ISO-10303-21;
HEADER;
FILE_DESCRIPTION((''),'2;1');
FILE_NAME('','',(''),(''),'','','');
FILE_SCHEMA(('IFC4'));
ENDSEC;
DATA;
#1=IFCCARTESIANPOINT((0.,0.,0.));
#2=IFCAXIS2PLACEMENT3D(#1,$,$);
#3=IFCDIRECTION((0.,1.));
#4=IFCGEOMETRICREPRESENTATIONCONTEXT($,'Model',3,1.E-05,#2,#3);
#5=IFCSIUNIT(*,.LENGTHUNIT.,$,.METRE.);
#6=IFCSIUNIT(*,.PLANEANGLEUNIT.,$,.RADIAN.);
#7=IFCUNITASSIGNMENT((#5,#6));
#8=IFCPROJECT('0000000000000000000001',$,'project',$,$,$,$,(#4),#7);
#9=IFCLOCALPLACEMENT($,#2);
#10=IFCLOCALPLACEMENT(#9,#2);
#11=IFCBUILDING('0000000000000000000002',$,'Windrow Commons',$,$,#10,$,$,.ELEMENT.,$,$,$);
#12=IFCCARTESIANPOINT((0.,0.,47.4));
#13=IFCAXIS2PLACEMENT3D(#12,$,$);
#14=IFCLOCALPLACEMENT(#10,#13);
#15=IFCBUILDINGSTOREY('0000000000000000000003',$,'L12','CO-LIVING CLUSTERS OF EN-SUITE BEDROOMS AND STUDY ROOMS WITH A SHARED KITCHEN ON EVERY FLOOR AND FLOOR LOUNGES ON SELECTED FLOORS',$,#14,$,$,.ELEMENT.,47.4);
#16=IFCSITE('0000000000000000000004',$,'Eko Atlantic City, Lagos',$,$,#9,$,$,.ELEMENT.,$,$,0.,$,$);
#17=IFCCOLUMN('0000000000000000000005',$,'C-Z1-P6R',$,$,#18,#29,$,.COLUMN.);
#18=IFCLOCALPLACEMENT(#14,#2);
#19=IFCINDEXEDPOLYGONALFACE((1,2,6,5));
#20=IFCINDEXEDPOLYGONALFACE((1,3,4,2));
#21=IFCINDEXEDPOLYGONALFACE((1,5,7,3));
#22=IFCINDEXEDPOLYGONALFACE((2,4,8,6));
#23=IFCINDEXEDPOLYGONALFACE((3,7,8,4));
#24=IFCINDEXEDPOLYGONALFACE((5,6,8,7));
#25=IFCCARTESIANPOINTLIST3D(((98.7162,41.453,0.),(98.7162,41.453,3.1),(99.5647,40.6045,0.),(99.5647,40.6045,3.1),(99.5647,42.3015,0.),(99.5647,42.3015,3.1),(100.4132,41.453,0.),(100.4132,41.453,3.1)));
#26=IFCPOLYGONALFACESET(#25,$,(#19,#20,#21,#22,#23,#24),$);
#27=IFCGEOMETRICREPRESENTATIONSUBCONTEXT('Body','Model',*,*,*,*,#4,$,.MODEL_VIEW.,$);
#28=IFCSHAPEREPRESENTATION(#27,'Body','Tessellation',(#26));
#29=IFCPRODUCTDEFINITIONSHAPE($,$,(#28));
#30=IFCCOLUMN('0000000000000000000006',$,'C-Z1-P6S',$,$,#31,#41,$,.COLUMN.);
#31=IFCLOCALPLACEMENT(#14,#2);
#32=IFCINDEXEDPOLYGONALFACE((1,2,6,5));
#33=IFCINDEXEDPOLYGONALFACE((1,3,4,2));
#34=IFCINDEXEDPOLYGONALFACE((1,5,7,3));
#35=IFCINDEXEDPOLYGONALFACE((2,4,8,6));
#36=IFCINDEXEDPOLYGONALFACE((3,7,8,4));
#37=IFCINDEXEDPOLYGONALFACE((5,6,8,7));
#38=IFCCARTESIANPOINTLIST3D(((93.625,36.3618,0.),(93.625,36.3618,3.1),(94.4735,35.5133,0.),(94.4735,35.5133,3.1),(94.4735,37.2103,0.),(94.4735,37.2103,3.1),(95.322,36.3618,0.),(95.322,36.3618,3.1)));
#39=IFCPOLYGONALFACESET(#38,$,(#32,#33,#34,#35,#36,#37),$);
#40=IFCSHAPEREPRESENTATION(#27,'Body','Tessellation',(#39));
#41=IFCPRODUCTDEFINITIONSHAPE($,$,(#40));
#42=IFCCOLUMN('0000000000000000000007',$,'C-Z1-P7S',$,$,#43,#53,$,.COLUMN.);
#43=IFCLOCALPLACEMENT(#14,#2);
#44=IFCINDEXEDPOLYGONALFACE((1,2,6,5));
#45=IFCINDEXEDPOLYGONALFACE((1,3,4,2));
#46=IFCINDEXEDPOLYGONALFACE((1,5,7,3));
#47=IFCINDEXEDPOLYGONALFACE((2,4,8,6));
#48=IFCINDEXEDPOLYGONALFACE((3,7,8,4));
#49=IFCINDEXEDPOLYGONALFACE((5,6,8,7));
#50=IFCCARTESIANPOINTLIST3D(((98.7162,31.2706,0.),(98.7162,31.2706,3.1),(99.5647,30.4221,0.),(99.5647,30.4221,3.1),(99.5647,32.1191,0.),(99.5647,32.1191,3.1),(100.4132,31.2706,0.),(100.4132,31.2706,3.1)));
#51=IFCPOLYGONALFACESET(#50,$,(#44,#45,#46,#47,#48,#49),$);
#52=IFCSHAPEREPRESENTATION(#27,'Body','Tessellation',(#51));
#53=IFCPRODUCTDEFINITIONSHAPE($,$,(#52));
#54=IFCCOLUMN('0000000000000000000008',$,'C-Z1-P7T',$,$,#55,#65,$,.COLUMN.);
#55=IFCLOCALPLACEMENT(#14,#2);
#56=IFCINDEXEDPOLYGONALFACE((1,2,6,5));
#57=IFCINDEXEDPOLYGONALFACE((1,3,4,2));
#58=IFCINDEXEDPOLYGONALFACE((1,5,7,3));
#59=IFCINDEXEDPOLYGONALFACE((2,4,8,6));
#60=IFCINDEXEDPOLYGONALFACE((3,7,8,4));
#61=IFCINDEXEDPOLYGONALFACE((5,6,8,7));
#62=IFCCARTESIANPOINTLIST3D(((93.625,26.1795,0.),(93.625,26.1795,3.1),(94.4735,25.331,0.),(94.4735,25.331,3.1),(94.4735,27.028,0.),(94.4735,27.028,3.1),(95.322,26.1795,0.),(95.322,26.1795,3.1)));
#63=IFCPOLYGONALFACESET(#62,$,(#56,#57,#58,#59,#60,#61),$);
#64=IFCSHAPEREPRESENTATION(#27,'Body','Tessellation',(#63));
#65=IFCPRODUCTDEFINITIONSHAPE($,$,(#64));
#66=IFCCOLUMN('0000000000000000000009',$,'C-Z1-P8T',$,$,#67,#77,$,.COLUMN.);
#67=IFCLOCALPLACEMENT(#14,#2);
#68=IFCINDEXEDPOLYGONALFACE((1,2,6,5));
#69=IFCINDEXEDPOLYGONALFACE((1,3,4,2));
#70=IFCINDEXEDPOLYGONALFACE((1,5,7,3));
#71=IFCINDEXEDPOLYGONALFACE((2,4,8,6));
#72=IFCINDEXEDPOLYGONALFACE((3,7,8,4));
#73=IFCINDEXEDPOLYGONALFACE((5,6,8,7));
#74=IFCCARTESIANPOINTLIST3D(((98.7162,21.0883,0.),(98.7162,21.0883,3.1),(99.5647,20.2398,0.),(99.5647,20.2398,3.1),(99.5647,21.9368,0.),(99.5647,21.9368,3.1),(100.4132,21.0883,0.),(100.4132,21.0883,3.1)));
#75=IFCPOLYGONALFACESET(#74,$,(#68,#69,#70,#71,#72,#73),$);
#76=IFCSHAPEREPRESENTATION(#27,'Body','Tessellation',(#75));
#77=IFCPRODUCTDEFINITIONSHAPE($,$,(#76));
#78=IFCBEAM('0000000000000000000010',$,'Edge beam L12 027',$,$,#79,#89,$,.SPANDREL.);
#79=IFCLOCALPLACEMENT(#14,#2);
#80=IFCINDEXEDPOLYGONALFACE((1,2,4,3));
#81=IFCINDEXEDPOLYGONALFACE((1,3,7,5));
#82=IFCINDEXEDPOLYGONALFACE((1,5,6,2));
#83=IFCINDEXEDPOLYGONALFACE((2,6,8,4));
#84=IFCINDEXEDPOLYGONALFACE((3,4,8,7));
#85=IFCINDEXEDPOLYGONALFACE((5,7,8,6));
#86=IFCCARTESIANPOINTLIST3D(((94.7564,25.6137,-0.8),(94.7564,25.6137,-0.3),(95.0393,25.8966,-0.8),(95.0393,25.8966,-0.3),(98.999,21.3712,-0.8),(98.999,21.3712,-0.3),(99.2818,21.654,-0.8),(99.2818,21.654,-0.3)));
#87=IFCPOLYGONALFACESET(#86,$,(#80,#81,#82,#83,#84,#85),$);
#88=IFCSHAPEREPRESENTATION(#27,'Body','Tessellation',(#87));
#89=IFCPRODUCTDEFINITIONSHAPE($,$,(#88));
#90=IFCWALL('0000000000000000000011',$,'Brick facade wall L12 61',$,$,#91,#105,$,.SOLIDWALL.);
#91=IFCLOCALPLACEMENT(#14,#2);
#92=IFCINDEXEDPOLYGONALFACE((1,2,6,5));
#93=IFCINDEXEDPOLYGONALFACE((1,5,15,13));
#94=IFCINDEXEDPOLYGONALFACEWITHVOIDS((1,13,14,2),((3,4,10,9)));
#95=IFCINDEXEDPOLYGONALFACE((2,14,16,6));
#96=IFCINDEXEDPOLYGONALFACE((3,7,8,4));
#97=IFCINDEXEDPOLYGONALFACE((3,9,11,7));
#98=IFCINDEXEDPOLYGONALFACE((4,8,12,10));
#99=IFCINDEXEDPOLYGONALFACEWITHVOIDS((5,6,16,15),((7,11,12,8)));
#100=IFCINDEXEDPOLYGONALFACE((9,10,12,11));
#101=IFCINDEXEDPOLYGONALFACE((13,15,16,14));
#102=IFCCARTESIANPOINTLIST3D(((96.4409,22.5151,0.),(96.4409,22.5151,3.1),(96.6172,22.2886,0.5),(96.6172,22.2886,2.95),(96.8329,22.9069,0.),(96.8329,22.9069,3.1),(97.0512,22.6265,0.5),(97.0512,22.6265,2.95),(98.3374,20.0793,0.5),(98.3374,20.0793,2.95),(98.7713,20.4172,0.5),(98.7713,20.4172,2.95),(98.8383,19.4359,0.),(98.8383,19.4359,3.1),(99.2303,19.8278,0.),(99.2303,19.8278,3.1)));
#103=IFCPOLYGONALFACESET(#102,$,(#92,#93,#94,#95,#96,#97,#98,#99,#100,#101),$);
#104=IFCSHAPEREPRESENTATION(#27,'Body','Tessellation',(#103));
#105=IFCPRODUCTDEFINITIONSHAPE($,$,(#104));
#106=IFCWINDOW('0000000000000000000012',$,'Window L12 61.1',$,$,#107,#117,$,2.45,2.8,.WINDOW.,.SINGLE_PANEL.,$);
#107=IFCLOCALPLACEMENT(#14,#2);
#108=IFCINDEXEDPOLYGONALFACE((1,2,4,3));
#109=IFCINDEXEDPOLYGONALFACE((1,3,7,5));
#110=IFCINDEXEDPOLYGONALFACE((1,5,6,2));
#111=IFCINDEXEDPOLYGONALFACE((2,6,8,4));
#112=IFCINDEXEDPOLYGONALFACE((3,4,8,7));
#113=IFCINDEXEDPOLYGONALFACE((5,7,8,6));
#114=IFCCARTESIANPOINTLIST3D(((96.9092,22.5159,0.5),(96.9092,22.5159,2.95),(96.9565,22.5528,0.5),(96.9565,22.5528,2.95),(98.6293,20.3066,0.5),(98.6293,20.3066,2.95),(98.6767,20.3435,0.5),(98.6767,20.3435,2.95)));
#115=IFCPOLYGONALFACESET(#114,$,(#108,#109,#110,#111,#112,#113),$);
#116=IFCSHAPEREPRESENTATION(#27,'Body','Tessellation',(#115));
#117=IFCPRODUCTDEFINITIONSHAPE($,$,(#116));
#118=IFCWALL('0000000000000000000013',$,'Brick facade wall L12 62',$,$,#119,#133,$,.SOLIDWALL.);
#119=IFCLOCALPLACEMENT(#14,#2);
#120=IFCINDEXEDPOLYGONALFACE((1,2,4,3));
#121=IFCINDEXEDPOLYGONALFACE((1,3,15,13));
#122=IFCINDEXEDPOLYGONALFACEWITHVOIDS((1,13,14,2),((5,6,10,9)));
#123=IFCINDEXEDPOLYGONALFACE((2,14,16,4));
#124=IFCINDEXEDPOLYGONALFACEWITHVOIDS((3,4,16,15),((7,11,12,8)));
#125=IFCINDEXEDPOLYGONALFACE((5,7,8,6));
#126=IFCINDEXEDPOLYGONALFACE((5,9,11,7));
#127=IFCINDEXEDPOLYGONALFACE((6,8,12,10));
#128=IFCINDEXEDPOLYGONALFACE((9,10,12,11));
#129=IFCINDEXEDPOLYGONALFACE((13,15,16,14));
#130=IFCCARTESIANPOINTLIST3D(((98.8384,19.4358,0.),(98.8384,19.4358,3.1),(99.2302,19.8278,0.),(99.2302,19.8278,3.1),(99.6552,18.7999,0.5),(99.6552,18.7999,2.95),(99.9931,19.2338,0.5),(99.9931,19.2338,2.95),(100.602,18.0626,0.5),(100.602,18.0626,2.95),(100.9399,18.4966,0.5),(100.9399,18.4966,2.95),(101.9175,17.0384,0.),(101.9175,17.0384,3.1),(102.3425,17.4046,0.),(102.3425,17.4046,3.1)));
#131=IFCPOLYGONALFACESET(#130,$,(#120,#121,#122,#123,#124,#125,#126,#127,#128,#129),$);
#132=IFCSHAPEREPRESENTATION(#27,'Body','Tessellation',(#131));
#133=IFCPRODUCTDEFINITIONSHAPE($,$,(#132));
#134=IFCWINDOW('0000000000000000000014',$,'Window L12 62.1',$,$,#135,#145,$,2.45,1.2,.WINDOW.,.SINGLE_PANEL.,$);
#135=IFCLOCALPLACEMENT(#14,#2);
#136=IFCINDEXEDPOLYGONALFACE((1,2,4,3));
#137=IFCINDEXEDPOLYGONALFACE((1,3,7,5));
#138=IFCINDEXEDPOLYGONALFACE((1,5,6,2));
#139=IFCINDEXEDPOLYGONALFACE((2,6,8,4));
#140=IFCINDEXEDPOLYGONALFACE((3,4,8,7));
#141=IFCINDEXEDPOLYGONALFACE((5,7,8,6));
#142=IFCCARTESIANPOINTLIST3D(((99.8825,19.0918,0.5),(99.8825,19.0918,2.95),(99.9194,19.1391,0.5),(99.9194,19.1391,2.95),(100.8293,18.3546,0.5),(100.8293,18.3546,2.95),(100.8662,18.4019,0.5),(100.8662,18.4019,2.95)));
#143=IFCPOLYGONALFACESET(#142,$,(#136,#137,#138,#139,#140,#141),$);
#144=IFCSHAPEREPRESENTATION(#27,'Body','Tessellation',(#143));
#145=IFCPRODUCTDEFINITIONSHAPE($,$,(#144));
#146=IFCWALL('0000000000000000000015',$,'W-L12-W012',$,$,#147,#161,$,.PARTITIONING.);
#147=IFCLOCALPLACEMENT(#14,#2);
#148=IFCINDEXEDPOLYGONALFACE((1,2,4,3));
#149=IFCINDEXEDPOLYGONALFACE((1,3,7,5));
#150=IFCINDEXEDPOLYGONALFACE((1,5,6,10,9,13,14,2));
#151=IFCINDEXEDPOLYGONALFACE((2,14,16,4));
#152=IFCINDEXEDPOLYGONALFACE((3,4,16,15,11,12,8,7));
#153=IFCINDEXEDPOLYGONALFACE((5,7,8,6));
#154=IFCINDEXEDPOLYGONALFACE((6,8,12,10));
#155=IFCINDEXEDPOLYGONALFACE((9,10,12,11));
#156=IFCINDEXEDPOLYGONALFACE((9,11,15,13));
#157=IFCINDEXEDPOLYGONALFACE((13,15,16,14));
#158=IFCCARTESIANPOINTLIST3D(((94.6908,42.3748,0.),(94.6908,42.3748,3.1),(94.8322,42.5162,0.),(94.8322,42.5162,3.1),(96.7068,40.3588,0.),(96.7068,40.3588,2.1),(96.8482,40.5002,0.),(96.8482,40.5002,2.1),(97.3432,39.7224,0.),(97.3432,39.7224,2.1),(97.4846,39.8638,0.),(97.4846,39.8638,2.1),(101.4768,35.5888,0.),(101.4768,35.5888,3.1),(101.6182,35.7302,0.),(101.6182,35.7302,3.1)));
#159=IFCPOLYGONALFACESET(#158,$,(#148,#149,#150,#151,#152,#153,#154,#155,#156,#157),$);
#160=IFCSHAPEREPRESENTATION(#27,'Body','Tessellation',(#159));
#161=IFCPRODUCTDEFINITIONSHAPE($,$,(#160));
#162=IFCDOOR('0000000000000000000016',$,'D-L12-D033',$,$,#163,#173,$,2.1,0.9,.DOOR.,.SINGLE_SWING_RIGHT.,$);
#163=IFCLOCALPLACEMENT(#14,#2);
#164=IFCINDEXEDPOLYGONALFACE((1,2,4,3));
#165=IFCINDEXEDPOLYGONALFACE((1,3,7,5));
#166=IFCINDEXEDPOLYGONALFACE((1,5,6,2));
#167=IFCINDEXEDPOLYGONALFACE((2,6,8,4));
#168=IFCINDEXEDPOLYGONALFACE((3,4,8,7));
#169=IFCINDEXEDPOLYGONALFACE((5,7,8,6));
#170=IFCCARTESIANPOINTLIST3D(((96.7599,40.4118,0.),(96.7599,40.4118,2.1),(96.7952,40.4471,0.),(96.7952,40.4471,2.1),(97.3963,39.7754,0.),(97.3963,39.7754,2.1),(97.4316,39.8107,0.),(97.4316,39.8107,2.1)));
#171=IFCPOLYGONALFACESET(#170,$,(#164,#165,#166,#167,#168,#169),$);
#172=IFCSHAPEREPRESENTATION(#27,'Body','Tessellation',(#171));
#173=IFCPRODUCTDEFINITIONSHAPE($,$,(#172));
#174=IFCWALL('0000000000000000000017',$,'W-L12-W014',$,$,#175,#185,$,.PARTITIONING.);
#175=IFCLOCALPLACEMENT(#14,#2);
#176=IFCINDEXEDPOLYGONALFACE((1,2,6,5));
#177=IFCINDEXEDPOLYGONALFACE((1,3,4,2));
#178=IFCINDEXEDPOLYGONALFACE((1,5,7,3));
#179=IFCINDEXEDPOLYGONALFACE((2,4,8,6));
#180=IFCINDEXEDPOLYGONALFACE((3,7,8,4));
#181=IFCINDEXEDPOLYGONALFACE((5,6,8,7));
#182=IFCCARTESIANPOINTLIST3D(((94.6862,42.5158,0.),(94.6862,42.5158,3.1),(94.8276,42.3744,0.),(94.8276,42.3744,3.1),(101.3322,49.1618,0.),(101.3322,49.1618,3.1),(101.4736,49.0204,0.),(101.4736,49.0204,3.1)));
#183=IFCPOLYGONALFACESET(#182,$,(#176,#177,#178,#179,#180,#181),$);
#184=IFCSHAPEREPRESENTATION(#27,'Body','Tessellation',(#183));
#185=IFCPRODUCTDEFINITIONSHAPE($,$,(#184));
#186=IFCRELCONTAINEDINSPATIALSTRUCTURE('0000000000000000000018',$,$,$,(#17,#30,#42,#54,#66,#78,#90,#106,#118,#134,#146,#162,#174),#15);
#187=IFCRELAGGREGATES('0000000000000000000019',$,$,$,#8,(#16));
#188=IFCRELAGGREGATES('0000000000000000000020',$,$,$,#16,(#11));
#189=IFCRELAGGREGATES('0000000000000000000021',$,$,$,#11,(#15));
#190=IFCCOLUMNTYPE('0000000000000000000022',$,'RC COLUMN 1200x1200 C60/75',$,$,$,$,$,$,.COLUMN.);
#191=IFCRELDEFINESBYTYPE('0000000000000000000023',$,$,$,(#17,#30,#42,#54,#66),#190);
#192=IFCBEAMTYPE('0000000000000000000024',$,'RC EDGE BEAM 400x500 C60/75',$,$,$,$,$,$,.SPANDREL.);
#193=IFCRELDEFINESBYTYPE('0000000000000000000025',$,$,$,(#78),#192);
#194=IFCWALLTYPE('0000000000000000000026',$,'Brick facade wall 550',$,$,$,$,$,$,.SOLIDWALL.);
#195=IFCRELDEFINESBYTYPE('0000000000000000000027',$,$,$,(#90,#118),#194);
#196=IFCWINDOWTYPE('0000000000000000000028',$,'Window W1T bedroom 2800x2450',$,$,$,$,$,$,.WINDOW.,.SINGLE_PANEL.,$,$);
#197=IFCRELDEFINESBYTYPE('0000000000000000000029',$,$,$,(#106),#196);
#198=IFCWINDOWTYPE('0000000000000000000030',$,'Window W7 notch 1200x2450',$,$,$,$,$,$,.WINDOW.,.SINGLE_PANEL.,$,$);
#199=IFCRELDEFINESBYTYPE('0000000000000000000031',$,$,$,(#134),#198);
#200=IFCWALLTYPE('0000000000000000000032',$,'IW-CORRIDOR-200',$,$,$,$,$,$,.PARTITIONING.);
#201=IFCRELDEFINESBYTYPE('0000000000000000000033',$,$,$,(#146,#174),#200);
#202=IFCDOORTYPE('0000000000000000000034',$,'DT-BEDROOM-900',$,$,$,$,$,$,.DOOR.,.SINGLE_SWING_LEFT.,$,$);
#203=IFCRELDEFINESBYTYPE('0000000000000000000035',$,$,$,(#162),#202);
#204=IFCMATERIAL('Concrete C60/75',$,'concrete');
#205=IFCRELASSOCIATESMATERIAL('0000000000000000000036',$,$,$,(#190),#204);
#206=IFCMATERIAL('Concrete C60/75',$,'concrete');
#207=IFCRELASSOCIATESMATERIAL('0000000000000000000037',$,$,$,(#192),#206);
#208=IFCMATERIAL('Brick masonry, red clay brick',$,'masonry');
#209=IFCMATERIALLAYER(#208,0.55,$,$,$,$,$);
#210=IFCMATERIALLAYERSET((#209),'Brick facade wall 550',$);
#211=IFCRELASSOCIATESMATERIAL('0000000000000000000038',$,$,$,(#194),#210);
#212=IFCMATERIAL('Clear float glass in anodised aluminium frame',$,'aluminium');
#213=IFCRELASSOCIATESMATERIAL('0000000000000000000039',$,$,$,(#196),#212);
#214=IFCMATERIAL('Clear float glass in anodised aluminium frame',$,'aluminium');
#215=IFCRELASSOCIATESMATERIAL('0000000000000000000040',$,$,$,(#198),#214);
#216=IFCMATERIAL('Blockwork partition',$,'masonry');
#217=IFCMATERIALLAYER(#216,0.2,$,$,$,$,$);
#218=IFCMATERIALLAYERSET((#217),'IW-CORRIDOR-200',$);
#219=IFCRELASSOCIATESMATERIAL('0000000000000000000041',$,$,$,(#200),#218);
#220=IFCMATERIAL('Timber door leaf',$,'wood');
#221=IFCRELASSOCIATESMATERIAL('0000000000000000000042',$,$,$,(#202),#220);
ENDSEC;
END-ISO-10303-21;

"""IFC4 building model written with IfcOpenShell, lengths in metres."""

from ifc_helpers import new_model, si_unit, direction, frame, frame_2d, origin, origin_2d, place, context, subcontext, project, spatial, polyline, rectangle, outline, extrude, material, layer, layer_set, material_profile, profile_set, type_object, element, fill, save


model = new_model("IFC4")

# Units and contexts
model_context = context("Model", 3, precision=1e-05, world=origin(), true_north=direction((0.0, 1.0)))
body_context = subcontext(model_context, "Body", "Model", "MODEL_VIEW")
ifc_project = project(units=[si_unit("LENGTHUNIT", "METRE"), si_unit("PLANEANGLEUNIT", "RADIAN")], contexts=[model_context])

# Site, building, storey
site_placement = place(None, origin())
site = spatial("IfcSite", under=ifc_project, at=site_placement, Name="Eko Atlantic City, Lagos", CompositionType="ELEMENT", RefElevation=0.0)
building_placement = place(site_placement, origin())
building = spatial("IfcBuilding", under=site, at=building_placement, Name="Windrow Commons", CompositionType="ELEMENT")
storey_placement = place(building_placement, frame((0.0, 0.0, 47.4)))
storey = spatial("IfcBuildingStorey", under=building, at=storey_placement, Name="L12", Description="CO-LIVING CLUSTERS OF EN-SUITE BEDROOMS AND STUDY ROOMS WITH A SHARED KITCHEN ON EVERY FLOOR AND FLOOR LOUNGES ON SELECTED FLOORS", CompositionType="ELEMENT", Elevation=47.4)

# Columns
ifc_material_1 = material(Name="Concrete C60/75", Category="concrete")
ifc_material_profile_1 = material_profile(ifc_material_1, rectangle(XDim=1.2, YDim=1.2, at=origin_2d()))
ifc_profile_set_1 = profile_set([ifc_material_profile_1], Name="Concrete C60/75")
column_type = type_object("IfcColumnType", Name="RC COLUMN 1200x1200 C60/75", PredefinedType="COLUMN", material=ifc_profile_set_1)
for number, where, z_axis, x_axis, name in (
    (1, (99.5647, 41.453, 0.0), (0.0, 0.0, 1.0), (0.707107, -0.707107, 0.0), "C-Z1-P6R"),
    (2, (94.4735, 36.3618, 0.0), (0.0, 0.0, 1.0), (0.707107, -0.707107, 0.0), "C-Z1-P6S"),
    (3, (99.5647, 31.2706, 0.0), (0.0, 0.0, 1.0), (0.707107, -0.707107, 0.0), "C-Z1-P7S"),
    (4, (94.4735, 26.1795, 0.0), (0.0, 0.0, 1.0), (0.707107, -0.707107, 0.0), "C-Z1-P7T"),
    (5, (99.5647, 21.0883, 0.0), (0.0, 0.0, 1.0), (0.707107, -0.707107, 0.0), "C-Z1-P8T"),
):
    element("IfcColumn", number, at=place(storey_placement, frame(where, z_axis=z_axis, x_axis=x_axis)), inside=storey, type_object=column_type, Name=name, PredefinedType="COLUMN", context=body_context, shape_type="SweptSolid", body=[
        extrude(rectangle(XDim=1.2, YDim=1.2, at=origin_2d()), origin(), (0.0, 0.0, 1.0), 3.1),
    ])

# Beam
ifc_material_2 = material(Name="Concrete C60/75", Category="concrete")
ifc_material_profile_2 = material_profile(ifc_material_2, rectangle(XDim=0.4, YDim=0.5, at=origin_2d()))
ifc_profile_set_2 = profile_set([ifc_material_profile_2], Name="Concrete C60/75")
beam_type = type_object("IfcBeamType", Name="RC EDGE BEAM 400x500 C60/75", PredefinedType="SPANDREL", material=ifc_profile_set_2)
beam_placement = place(storey_placement, frame((99.1404, 21.5126, -0.55), z_axis=(-0.707107, 0.707107, 0.0), x_axis=(-0.707107, -0.707107, 0.0)))
element("IfcBeam", 6, at=beam_placement, inside=storey, type_object=beam_type, Name="Edge beam L12 027", PredefinedType="SPANDREL", context=body_context, shape_type="SweptSolid", body=[
    extrude(rectangle(XDim=0.4, YDim=0.5, at=origin_2d()), origin(), (0.0, 0.0, 1.0), 5.9999),
])

# Walls, openings, windows
ifc_material_3 = material(Name="Brick masonry, red clay brick", Category="masonry")
ifc_layer_1 = layer(ifc_material_3, 0.55)
ifc_layer_set_1 = layer_set([ifc_layer_1], Name="Brick facade wall 550")
wall_type_1 = type_object("IfcWallType", Name="Brick facade wall 550", PredefinedType="SOLIDWALL", material=ifc_layer_set_1)
wall_1_placement = place(storey_placement, frame((96.6369, 22.711, 0.0), z_axis=(0.0, 0.0, 1.0), x_axis=(0.614334, -0.789046, 0.0)))
wall_1 = element("IfcWall", 7, at=wall_1_placement, inside=storey, type_object=wall_type_1, Name="Brick facade wall L12 61", PredefinedType="SOLIDWALL", context=body_context, shape_type="SweptSolid", body=[
    extrude(outline(polyline([(0.0342, -0.275), (3.9366, -0.275), (3.8682, 0.275), (-0.0342, 0.275), (0.0342, -0.275)])), origin(), (0.0, 0.0, 1.0), 3.1),
])
opening_1_placement = place(wall_1_placement, frame((0.3212, 0.0, 0.5)))
opening_1 = element("IfcOpeningElement", 8, at=opening_1_placement, cuts=wall_1, PredefinedType="OPENING", context=body_context, shape_type="SweptSolid", body=[
    extrude(rectangle(XDim=2.8, YDim=2.45, at=frame_2d((1.4, 1.225))), frame((0.0, 0.285, 0.0), z_axis=(0.0, -1.0, 0.0), x_axis=(1.0, 0.0, 0.0)), (0.0, 0.0, 1.0), 0.57),
])
ifc_material_4 = material(Name="Clear float glass in anodised aluminium frame", Category="aluminium")
window_type_1 = type_object("IfcWindowType", Name="Window W1T bedroom 2800x2450", PartitioningType="SINGLE_PANEL", PredefinedType="WINDOW", material=ifc_material_4)
window_1_placement = place(opening_1_placement, origin())
window_1 = element("IfcWindow", 9, at=window_1_placement, inside=storey, type_object=window_type_1, Name="Window L12 61.1", OverallHeight=2.45, OverallWidth=2.8, PartitioningType="SINGLE_PANEL", PredefinedType="WINDOW", context=body_context, shape_type="SweptSolid", body=[
    extrude(rectangle(XDim=2.8, YDim=2.45, at=frame_2d((1.4, 1.225))), frame((0.0, 0.155, 0.0), z_axis=(0.0, -1.0, 0.0), x_axis=(1.0, 0.0, 0.0)), (0.0, 0.0, 1.0), 0.06),
])
fill(opening_1, window_1)
wall_2_placement = place(storey_placement, frame((99.0343, 19.6318, 0.0), z_axis=(0.0, 0.0, 1.0), x_axis=(0.789039, -0.614343, 0.0)))
wall_2 = element("IfcWall", 10, at=wall_2_placement, inside=storey, type_object=wall_type_1, Name="Brick facade wall L12 62", PredefinedType="SOLIDWALL", context=body_context, shape_type="SweptSolid", body=[
    extrude(outline(polyline([(-0.0342, -0.275), (3.8682, -0.275), (3.9786, 0.275), (0.0342, 0.275), (-0.0342, -0.275)])), origin(), (0.0, 0.0, 1.0), 3.1),
])
opening_2_placement = place(wall_2_placement, frame((1.001, 0.0, 0.5)))
opening_2 = element("IfcOpeningElement", 11, at=opening_2_placement, cuts=wall_2, PredefinedType="OPENING", context=body_context, shape_type="SweptSolid", body=[
    extrude(rectangle(XDim=1.2, YDim=2.45, at=frame_2d((0.6, 1.225))), frame((0.0, 0.285, 0.0), z_axis=(0.0, -1.0, 0.0), x_axis=(1.0, 0.0, 0.0)), (0.0, 0.0, 1.0), 0.57),
])
ifc_material_5 = material(Name="Clear float glass in anodised aluminium frame", Category="aluminium")
window_type_2 = type_object("IfcWindowType", Name="Window W7 notch 1200x2450", PartitioningType="SINGLE_PANEL", PredefinedType="WINDOW", material=ifc_material_5)
window_2_placement = place(opening_2_placement, origin())
window_2 = element("IfcWindow", 12, at=window_2_placement, inside=storey, type_object=window_type_2, Name="Window L12 62.1", OverallHeight=2.45, OverallWidth=1.2, PartitioningType="SINGLE_PANEL", PredefinedType="WINDOW", context=body_context, shape_type="SweptSolid", body=[
    extrude(rectangle(XDim=1.2, YDim=2.45, at=frame_2d((0.6, 1.225))), frame((0.0, 0.155, 0.0), z_axis=(0.0, -1.0, 0.0), x_axis=(1.0, 0.0, 0.0)), (0.0, 0.0, 1.0), 0.06),
])
fill(opening_2, window_2)

# Wall, opening, door
ifc_material_6 = material(Name="Blockwork partition", Category="masonry")
ifc_layer_2 = layer(ifc_material_6, 0.2)
ifc_layer_set_2 = layer_set([ifc_layer_2], Name="IW-CORRIDOR-200")
wall_type_2 = type_object("IfcWallType", Name="IW-CORRIDOR-200", PredefinedType="PARTITIONING", material=ifc_layer_set_2)
wall_3_placement = place(storey_placement, frame((94.7615, 42.4455, 0.0), z_axis=(0.0, 0.0, 1.0), x_axis=(0.707107, -0.707107, 0.0)))
wall_3 = element("IfcWall", 13, at=wall_3_placement, inside=storey, type_object=wall_type_2, Name="W-L12-W012", PredefinedType="PARTITIONING", context=body_context, shape_type="SweptSolid", body=[
    extrude(rectangle(XDim=9.5969, YDim=0.2, at=frame_2d((4.7984, 0.0))), origin(), (0.0, 0.0, 1.0), 3.1),
])
opening_3_placement = place(wall_3_placement, frame((2.8511, 0.0, 0.0)))
opening_3 = element("IfcOpeningElement", 14, at=opening_3_placement, cuts=wall_3, PredefinedType="OPENING", context=body_context, shape_type="SweptSolid", body=[
    extrude(rectangle(XDim=0.9, YDim=2.1, at=frame_2d((0.45, 1.05))), frame((0.0, 0.11, 0.0), z_axis=(0.0, -1.0, 0.0), x_axis=(1.0, 0.0, 0.0)), (0.0, 0.0, 1.0), 0.22),
])
ifc_material_7 = material(Name="Timber door leaf", Category="wood")
door_type_1 = type_object("IfcDoorType", Name="DT-BEDROOM-900", OperationType="SINGLE_SWING_LEFT", PredefinedType="DOOR", material=ifc_material_7)
door_1_placement = place(opening_3_placement, origin())
door_1 = element("IfcDoor", 15, at=door_1_placement, inside=storey, type_object=door_type_1, Name="D-L12-D033", OperationType="SINGLE_SWING_RIGHT", OverallHeight=2.1, OverallWidth=0.9, PredefinedType="DOOR", context=body_context, shape_type="SweptSolid", body=[
    extrude(rectangle(XDim=0.9, YDim=2.1, at=frame_2d((0.45, 1.05))), frame((0.0, 0.025, 0.0), z_axis=(0.0, -1.0, 0.0), x_axis=(1.0, 0.0, 0.0)), (0.0, 0.0, 1.0), 0.05),
])
fill(opening_3, door_1)

# Wall
wall_4_placement = place(storey_placement, frame((94.7569, 42.4451, 0.0), z_axis=(0.0, 0.0, 1.0), x_axis=(0.707107, 0.707107, 0.0)))
element("IfcWall", 16, at=wall_4_placement, inside=storey, type_object=wall_type_2, Name="W-L12-W014", PredefinedType="PARTITIONING", context=body_context, shape_type="SweptSolid", body=[
    extrude(rectangle(XDim=9.3989, YDim=0.2, at=frame_2d((4.6994, 0.0))), origin(), (0.0, 0.0, 1.0), 3.1),
])

save(model, "model.ifc")
